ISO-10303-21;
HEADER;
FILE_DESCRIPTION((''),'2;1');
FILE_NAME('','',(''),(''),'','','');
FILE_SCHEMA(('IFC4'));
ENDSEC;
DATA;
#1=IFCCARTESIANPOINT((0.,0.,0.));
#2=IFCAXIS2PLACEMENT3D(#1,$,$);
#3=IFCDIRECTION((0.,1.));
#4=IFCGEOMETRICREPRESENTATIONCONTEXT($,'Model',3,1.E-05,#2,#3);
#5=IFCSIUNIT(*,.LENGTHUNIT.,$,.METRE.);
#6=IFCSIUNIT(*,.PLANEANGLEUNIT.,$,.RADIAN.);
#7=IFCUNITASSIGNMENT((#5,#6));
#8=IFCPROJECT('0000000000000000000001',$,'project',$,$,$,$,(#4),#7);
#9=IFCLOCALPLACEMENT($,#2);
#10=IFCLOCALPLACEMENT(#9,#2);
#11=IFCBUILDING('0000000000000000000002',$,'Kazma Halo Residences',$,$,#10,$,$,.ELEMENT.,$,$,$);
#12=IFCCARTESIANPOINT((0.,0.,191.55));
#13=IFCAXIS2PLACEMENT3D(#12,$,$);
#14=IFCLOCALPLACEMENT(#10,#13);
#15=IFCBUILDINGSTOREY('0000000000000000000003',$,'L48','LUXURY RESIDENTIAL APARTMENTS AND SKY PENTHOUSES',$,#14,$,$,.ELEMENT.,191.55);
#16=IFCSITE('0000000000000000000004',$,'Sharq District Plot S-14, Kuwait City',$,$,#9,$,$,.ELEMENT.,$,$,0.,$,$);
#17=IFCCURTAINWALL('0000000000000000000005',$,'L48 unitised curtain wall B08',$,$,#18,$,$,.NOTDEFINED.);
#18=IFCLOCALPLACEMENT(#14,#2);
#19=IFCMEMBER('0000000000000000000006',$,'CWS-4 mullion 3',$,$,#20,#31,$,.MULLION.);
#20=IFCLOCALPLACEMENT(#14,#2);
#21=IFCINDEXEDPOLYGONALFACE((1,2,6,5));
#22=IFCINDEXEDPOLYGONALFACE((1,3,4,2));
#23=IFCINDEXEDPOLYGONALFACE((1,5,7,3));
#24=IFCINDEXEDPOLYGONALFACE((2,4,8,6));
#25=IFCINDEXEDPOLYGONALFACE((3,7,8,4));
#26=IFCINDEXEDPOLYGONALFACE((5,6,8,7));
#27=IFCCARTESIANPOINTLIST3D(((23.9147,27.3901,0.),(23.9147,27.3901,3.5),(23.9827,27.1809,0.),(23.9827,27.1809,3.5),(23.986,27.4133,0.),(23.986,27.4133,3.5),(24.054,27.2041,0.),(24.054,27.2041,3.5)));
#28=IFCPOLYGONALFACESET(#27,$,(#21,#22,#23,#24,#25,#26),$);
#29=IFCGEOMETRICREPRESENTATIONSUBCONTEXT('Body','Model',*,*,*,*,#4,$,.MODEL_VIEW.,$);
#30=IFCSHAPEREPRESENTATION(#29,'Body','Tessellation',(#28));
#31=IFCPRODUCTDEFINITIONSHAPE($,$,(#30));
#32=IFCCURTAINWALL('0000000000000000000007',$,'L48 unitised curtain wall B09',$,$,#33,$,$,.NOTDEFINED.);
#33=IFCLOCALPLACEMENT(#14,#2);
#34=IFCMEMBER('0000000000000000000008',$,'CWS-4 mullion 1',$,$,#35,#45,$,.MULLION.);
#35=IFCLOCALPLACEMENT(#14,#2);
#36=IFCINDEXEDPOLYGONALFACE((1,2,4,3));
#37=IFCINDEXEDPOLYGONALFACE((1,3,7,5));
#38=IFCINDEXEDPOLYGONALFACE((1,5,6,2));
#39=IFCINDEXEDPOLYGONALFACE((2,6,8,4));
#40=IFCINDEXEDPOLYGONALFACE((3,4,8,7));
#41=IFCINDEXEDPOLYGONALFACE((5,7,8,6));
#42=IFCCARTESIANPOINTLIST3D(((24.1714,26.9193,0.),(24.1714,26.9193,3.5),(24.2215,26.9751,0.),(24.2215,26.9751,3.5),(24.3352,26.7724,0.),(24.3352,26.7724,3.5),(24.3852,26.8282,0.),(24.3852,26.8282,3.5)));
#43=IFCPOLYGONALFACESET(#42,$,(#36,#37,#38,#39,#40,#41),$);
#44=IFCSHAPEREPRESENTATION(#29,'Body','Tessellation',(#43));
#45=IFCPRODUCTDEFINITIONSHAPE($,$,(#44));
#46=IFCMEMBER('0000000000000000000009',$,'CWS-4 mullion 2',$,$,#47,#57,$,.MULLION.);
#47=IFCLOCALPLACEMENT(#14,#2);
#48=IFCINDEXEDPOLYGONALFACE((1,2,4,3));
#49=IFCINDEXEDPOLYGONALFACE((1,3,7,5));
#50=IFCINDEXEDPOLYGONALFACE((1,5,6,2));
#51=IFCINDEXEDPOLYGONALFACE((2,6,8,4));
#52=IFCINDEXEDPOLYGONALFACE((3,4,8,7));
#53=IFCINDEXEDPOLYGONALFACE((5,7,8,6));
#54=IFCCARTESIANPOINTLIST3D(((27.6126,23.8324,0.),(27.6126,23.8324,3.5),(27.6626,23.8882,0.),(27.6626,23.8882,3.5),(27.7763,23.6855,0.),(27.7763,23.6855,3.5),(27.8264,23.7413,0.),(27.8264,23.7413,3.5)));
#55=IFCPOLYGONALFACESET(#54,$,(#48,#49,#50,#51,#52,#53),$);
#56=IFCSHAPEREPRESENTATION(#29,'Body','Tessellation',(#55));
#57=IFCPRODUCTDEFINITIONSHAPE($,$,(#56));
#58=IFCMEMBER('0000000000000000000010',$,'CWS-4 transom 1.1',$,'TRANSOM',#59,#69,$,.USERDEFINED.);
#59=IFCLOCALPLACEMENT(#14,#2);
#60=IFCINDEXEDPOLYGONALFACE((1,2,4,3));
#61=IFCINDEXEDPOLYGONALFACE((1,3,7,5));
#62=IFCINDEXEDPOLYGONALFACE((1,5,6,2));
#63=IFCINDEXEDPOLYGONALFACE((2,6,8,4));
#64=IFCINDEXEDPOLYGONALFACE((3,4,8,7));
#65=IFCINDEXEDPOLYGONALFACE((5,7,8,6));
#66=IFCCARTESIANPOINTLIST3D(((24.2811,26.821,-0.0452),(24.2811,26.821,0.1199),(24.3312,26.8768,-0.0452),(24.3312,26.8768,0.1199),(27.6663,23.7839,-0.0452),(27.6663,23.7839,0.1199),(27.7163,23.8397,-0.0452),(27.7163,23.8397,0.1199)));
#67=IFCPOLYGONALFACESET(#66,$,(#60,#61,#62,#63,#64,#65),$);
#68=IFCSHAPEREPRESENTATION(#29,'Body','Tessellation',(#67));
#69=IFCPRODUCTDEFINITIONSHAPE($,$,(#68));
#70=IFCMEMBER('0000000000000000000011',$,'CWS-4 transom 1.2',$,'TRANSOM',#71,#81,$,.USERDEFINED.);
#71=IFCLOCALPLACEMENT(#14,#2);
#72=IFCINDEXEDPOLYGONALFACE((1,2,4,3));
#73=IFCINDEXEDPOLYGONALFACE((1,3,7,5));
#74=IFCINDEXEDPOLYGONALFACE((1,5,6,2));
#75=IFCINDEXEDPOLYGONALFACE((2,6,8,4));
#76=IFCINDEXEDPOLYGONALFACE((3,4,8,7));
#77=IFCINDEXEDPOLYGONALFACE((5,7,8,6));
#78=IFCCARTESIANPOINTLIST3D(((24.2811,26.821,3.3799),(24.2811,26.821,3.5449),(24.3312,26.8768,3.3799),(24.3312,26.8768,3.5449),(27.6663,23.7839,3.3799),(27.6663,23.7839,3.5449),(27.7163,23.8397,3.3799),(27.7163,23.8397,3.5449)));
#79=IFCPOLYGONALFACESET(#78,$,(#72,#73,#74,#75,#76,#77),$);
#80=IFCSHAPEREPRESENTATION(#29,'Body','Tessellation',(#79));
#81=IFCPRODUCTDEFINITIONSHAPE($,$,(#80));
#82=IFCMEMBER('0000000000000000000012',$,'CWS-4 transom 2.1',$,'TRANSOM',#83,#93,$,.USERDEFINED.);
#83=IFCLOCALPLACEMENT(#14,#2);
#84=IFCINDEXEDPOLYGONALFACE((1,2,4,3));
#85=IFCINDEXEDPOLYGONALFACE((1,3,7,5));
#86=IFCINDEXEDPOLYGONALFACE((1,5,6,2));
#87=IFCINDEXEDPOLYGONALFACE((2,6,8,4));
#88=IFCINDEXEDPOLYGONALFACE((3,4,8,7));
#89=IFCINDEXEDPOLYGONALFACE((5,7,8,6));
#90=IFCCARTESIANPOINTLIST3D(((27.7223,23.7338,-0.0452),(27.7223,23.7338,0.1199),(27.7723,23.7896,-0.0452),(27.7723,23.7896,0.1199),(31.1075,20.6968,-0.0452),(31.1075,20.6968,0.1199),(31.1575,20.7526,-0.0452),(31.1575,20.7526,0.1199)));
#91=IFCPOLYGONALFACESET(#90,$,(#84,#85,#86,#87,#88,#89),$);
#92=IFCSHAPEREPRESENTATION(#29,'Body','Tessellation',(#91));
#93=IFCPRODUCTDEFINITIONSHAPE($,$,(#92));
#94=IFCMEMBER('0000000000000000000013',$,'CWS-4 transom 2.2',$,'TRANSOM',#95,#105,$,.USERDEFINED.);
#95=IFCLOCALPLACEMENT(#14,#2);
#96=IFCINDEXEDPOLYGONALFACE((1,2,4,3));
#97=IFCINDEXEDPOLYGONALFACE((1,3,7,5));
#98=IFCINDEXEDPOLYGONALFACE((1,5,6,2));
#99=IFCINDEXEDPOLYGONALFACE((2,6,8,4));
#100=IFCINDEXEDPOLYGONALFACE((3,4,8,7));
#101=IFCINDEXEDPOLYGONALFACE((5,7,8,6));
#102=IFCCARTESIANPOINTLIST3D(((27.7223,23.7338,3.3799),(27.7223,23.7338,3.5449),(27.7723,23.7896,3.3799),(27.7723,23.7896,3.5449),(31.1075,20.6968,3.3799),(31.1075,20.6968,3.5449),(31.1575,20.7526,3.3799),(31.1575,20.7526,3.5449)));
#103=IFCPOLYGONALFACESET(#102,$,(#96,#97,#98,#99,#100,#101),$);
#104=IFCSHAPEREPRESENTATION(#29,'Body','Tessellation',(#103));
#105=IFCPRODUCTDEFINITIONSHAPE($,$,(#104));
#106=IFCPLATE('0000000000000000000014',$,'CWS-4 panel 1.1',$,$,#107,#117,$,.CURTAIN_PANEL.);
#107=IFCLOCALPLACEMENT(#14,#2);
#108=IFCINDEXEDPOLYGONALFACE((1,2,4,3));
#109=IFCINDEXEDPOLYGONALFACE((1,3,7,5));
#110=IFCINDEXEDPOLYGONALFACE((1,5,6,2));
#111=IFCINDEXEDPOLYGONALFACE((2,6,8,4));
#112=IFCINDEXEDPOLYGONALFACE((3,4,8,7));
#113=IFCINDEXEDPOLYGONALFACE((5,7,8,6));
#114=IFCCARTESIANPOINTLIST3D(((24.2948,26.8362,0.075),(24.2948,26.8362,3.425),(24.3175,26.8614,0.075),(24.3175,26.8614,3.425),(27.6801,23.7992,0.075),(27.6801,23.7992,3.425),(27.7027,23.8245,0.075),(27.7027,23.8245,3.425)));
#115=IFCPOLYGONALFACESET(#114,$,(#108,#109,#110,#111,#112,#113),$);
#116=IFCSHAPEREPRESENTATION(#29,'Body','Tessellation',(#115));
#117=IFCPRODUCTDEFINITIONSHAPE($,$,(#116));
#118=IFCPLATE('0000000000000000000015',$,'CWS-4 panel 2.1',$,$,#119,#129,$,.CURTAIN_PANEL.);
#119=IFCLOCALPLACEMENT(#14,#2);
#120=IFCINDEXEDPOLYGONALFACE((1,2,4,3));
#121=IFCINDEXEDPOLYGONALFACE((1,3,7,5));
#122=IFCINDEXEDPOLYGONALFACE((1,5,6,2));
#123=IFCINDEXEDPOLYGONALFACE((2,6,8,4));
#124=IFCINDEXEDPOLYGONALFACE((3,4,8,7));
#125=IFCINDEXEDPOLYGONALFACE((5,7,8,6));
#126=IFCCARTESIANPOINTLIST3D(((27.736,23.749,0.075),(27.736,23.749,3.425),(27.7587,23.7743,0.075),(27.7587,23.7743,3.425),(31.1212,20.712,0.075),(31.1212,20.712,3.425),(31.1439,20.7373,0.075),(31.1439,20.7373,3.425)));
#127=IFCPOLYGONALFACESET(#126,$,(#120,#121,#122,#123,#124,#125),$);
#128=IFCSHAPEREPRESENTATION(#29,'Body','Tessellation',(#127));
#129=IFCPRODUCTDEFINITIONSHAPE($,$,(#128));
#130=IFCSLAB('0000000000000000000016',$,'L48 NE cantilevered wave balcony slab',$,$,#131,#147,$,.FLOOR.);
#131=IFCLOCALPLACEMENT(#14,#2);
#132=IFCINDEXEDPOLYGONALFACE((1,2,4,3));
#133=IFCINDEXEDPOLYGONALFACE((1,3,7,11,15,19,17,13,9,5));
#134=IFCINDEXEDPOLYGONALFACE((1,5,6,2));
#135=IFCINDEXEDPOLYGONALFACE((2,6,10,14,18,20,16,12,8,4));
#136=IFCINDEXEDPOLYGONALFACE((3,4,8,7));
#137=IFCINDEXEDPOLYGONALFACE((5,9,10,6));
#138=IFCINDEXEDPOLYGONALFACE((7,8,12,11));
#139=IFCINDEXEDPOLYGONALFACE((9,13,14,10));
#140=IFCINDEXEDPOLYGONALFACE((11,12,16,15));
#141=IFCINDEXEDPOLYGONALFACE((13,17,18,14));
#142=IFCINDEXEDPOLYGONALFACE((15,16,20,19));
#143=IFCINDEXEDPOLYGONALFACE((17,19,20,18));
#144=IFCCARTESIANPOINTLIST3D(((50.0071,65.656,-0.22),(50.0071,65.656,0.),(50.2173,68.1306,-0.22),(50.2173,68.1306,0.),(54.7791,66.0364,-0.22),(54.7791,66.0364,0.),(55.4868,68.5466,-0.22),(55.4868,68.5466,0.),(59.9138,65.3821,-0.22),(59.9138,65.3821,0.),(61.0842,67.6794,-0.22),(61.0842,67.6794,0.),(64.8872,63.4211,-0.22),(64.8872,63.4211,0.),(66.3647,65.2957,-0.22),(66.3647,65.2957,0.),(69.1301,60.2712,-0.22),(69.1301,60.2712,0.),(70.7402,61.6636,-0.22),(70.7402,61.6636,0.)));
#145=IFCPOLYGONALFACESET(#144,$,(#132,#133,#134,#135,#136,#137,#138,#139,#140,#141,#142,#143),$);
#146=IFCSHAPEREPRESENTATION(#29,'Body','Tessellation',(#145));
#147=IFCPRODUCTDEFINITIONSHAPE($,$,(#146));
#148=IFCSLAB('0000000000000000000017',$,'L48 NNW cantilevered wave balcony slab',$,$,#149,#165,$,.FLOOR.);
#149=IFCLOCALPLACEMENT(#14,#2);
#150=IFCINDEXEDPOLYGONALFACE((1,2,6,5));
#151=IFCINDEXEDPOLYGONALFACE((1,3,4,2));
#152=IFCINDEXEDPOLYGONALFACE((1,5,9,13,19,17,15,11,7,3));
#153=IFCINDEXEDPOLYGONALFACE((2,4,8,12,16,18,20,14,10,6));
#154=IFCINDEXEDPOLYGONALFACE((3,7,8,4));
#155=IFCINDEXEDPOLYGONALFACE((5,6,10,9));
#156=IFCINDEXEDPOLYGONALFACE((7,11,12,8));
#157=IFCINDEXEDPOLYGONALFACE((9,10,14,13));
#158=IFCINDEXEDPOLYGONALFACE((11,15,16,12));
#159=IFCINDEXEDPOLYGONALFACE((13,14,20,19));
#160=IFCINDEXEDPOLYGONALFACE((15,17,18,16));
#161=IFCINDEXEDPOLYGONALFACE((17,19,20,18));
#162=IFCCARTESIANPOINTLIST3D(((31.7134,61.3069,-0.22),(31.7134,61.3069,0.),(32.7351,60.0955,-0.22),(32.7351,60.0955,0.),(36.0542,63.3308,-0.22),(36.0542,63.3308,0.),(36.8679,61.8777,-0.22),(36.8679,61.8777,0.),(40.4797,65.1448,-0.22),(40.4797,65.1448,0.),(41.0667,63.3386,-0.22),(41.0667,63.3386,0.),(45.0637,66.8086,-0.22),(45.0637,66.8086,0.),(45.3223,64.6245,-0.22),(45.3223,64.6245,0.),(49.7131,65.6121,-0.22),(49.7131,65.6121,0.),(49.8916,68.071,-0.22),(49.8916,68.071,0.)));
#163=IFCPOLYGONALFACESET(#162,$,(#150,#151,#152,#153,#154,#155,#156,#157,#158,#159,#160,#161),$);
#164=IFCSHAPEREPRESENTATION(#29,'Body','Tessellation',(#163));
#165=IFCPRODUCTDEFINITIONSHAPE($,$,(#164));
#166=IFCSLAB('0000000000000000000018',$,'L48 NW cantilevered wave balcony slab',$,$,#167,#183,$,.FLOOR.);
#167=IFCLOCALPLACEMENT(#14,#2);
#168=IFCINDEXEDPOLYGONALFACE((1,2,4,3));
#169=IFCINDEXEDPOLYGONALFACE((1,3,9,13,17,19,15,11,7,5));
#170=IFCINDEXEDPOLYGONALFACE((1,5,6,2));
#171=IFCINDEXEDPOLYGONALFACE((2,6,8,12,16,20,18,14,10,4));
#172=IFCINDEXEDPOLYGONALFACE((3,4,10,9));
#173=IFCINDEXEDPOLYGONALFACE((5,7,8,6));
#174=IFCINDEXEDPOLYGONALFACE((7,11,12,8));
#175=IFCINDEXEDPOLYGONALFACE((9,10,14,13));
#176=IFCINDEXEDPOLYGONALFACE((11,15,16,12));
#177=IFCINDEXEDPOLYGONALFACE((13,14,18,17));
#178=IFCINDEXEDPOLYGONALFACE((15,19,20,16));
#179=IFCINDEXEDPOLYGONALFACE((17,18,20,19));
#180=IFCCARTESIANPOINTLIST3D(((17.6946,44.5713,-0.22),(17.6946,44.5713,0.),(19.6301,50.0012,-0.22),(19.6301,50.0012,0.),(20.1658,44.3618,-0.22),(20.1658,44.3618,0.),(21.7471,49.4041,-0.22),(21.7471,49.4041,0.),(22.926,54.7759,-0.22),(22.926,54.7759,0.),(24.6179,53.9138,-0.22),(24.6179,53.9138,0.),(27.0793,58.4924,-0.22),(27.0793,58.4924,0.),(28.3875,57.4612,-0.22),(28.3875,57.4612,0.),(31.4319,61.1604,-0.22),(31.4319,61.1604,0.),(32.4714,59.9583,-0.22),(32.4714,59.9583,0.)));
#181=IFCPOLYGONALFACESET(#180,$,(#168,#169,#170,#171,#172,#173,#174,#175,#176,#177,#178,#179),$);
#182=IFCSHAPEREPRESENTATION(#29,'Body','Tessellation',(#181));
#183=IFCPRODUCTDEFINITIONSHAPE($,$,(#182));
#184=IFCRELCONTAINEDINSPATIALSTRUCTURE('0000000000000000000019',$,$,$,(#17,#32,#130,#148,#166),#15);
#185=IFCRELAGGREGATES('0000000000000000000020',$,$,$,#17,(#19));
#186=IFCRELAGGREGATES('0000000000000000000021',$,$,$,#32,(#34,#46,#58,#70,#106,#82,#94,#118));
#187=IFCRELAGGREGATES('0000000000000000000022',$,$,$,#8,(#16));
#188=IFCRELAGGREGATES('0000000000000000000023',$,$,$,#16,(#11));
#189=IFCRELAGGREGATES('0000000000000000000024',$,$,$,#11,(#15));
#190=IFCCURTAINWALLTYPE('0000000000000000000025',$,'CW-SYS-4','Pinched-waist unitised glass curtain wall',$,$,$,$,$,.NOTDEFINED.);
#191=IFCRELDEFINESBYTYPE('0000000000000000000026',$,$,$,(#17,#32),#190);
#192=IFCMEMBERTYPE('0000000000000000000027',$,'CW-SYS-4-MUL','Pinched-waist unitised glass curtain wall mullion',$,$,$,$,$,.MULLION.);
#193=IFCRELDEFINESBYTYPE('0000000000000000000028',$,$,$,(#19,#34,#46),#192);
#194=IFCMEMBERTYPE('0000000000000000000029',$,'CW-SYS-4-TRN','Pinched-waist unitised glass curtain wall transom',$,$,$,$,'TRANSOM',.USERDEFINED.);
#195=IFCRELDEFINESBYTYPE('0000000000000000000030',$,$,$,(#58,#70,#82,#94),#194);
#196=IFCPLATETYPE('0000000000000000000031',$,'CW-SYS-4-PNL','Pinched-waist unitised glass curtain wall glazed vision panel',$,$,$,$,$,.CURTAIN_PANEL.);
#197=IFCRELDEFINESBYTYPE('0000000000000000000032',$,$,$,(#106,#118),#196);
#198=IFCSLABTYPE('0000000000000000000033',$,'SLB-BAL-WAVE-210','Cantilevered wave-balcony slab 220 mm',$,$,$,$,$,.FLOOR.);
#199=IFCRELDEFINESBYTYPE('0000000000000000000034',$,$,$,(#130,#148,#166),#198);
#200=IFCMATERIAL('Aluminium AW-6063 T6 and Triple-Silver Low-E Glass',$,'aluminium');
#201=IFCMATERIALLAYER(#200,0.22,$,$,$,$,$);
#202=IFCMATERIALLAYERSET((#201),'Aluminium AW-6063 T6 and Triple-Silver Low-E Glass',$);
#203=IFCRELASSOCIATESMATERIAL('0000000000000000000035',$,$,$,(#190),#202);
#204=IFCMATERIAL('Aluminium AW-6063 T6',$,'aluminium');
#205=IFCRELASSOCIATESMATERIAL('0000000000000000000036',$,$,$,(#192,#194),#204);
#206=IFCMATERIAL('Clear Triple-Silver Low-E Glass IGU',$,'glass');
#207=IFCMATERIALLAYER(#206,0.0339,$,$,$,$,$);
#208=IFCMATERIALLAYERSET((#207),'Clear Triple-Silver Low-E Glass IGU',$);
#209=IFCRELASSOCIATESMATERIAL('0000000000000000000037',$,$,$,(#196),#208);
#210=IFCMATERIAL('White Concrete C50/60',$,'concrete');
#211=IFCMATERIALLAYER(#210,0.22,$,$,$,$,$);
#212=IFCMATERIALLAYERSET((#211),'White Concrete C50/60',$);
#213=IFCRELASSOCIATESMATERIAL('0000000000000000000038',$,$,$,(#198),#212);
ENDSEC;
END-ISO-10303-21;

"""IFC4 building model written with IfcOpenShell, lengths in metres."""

from ifc_helpers import new_model, si_unit, direction, frame, origin, origin_2d, place, context, subcontext, project, spatial, polyline, rectangle, outline, extrude, material, layer, layer_set, material_profile, profile_set, type_object, element, aggregate, save


model = new_model("IFC4")

# Units and contexts
model_context = context("Model", 3, precision=1e-05, world=origin(), true_north=direction((0.0, 1.0)))
body_context = subcontext(model_context, "Body", "Model", "MODEL_VIEW")
ifc_project = project(units=[si_unit("LENGTHUNIT", "METRE"), si_unit("PLANEANGLEUNIT", "RADIAN")], contexts=[model_context])

# Site, building, storey
site_placement = place(None, origin())
site = spatial("IfcSite", under=ifc_project, at=site_placement, Name="Sharq District Plot S-14, Kuwait City", CompositionType="ELEMENT", RefElevation=0.0)
building_placement = place(site_placement, origin())
building = spatial("IfcBuilding", under=site, at=building_placement, Name="Kazma Halo Residences", CompositionType="ELEMENT")
storey_placement = place(building_placement, frame((0.0, 0.0, 191.55)))
storey = spatial("IfcBuildingStorey", under=building, at=storey_placement, Name="L48", Description="LUXURY RESIDENTIAL APARTMENTS AND SKY PENTHOUSES", CompositionType="ELEMENT", Elevation=191.55)

# Curtain wall, member
ifc_material_1 = material(Name="Aluminium AW-6063 T6 and Triple-Silver Low-E Glass", Category="aluminium")
ifc_layer_1 = layer(ifc_material_1, 0.22)
ifc_layer_set_1 = layer_set([ifc_layer_1], Name="Aluminium AW-6063 T6 and Triple-Silver Low-E Glass")
curtain_wall_type = type_object("IfcCurtainWallType", Name="CW-SYS-4", Description="Pinched-waist unitised glass curtain wall", PredefinedType="NOTDEFINED", material=ifc_layer_set_1)
curtain_wall_1_placement = place(storey_placement, origin())
curtain_wall_1 = element("IfcCurtainWall", 1, at=curtain_wall_1_placement, inside=storey, type_object=curtain_wall_type, Name="L48 unitised curtain wall B08", PredefinedType="NOTDEFINED")
ifc_material_2 = material(Name="Aluminium AW-6063 T6", Category="aluminium")
ifc_material_profile_1 = material_profile(ifc_material_2, rectangle(XDim=0.075, YDim=0.22, at=origin_2d()), Name="CWM-75x220")
ifc_profile_set_1 = profile_set([ifc_material_profile_1], Name="Aluminium AW-6063 T6")
member_type_1 = type_object("IfcMemberType", Name="CW-SYS-4-MUL", Description="Pinched-waist unitised glass curtain wall mullion", PredefinedType="MULLION", material=ifc_profile_set_1)
member_1_placement = place(storey_placement, frame((23.9844, 27.2971, 0.0), z_axis=(0.0, 0.0, 1.0), x_axis=(0.951057, 0.309016, 0.0)))
member_1 = element("IfcMember", 2, at=member_1_placement, type_object=member_type_1, Name="CWS-4 mullion 3", PredefinedType="MULLION", context=body_context, shape_type="SweptSolid", body=[
    extrude(rectangle(XDim=0.075, YDim=0.22, at=origin_2d()), origin(), (0.0, 0.0, 1.0), 3.5),
])
aggregate(curtain_wall_1, [member_1])

# Curtain wall, members, plates
curtain_wall_2_placement = place(storey_placement, origin())
curtain_wall_2 = element("IfcCurtainWall", 3, at=curtain_wall_2_placement, inside=storey, type_object=curtain_wall_type, Name="L48 unitised curtain wall B09", PredefinedType="NOTDEFINED")
member_2_placement = place(storey_placement, frame((24.2783, 26.8738, 0.0), z_axis=(0.0, 0.0, 1.0), x_axis=(0.667784, 0.744355, 0.0)))
member_2 = element("IfcMember", 4, at=member_2_placement, type_object=member_type_1, Name="CWS-4 mullion 1", PredefinedType="MULLION", context=body_context, shape_type="SweptSolid", body=[
    extrude(rectangle(XDim=0.075, YDim=0.22, at=origin_2d()), origin(), (0.0, 0.0, 1.0), 3.5),
])
member_3_placement = place(storey_placement, frame((27.7195, 23.7869, 0.0), z_axis=(0.0, 0.0, 1.0), x_axis=(0.667784, 0.744355, 0.0)))
member_3 = element("IfcMember", 5, at=member_3_placement, type_object=member_type_1, Name="CWS-4 mullion 2", PredefinedType="MULLION", context=body_context, shape_type="SweptSolid", body=[
    extrude(rectangle(XDim=0.075, YDim=0.22, at=origin_2d()), origin(), (0.0, 0.0, 1.0), 3.5),
])
ifc_material_profile_2 = material_profile(ifc_material_2, rectangle(XDim=0.075, YDim=0.165, at=origin_2d()), Name="CWT-75x165")
ifc_profile_set_2 = profile_set([ifc_material_profile_2], Name="Aluminium AW-6063 T6")
member_type_2 = type_object("IfcMemberType", Name="CW-SYS-4-TRN", Description="Pinched-waist unitised glass curtain wall transom", ElementType="TRANSOM", PredefinedType="USERDEFINED", material=ifc_profile_set_2)
member_4_placement = place(storey_placement, frame((24.3062, 26.8489, 0.0374), z_axis=(0.744345, -0.667795, 0.0), x_axis=(0.667795, 0.744345, 0.0)))
member_4 = element("IfcMember", 6, at=member_4_placement, type_object=member_type_2, Name="CWS-4 transom 1.1", ObjectType="TRANSOM", PredefinedType="USERDEFINED", context=body_context, shape_type="SweptSolid", body=[
    extrude(rectangle(XDim=0.075, YDim=0.165, at=origin_2d()), origin(), (0.0, 0.0, 1.0), 4.5479),
])
member_5_placement = place(storey_placement, frame((24.3062, 26.8489, 3.4624), z_axis=(0.744345, -0.667795, 0.0), x_axis=(0.667795, 0.744345, 0.0)))
member_5 = element("IfcMember", 7, at=member_5_placement, type_object=member_type_2, Name="CWS-4 transom 1.2", ObjectType="TRANSOM", PredefinedType="USERDEFINED", context=body_context, shape_type="SweptSolid", body=[
    extrude(rectangle(XDim=0.075, YDim=0.165, at=origin_2d()), origin(), (0.0, 0.0, 1.0), 4.5479),
])
member_6_placement = place(storey_placement, frame((27.7473, 23.7617, 0.0374), z_axis=(0.744345, -0.667795, 0.0), x_axis=(0.667795, 0.744345, 0.0)))
member_6 = element("IfcMember", 8, at=member_6_placement, type_object=member_type_2, Name="CWS-4 transom 2.1", ObjectType="TRANSOM", PredefinedType="USERDEFINED", context=body_context, shape_type="SweptSolid", body=[
    extrude(rectangle(XDim=0.075, YDim=0.165, at=origin_2d()), origin(), (0.0, 0.0, 1.0), 4.5479),
])
member_7_placement = place(storey_placement, frame((27.7473, 23.7617, 3.4624), z_axis=(0.744345, -0.667795, 0.0), x_axis=(0.667795, 0.744345, 0.0)))
member_7 = element("IfcMember", 9, at=member_7_placement, type_object=member_type_2, Name="CWS-4 transom 2.2", ObjectType="TRANSOM", PredefinedType="USERDEFINED", context=body_context, shape_type="SweptSolid", body=[
    extrude(rectangle(XDim=0.075, YDim=0.165, at=origin_2d()), origin(), (0.0, 0.0, 1.0), 4.5479),
])
ifc_material_3 = material(Name="Clear Triple-Silver Low-E Glass IGU", Category="glass")
ifc_layer_2 = layer(ifc_material_3, 0.0339)
ifc_layer_set_2 = layer_set([ifc_layer_2], Name="Clear Triple-Silver Low-E Glass IGU")
plate_type = type_object("IfcPlateType", Name="CW-SYS-4-PNL", Description="Pinched-waist unitised glass curtain wall glazed vision panel", PredefinedType="CURTAIN_PANEL", material=ifc_layer_set_2)
plate_1_placement = place(storey_placement, frame((25.9988, 25.3303, 0.075), z_axis=(0.0, 0.0, 1.0), x_axis=(0.744355, -0.667784, 0.0)))
plate_1 = element("IfcPlate", 10, at=plate_1_placement, type_object=plate_type, Name="CWS-4 panel 1.1", PredefinedType="CURTAIN_PANEL", context=body_context, shape_type="SweptSolid", body=[
    extrude(rectangle(XDim=4.5479, YDim=0.0339, at=origin_2d()), origin(), (0.0, 0.0, 1.0), 3.3501),
])
plate_2_placement = place(storey_placement, frame((29.4399, 22.2432, 0.075), z_axis=(0.0, 0.0, 1.0), x_axis=(0.744355, -0.667784, 0.0)))
plate_2 = element("IfcPlate", 11, at=plate_2_placement, type_object=plate_type, Name="CWS-4 panel 2.1", PredefinedType="CURTAIN_PANEL", context=body_context, shape_type="SweptSolid", body=[
    extrude(rectangle(XDim=4.5479, YDim=0.0339, at=origin_2d()), origin(), (0.0, 0.0, 1.0), 3.3501),
])
aggregate(curtain_wall_2, [member_2, member_3, member_4, member_5, plate_1, member_6, member_7, plate_2])

# Slabs
ifc_material_4 = material(Name="White Concrete C50/60", Category="concrete")
ifc_layer_3 = layer(ifc_material_4, 0.22)
ifc_layer_set_3 = layer_set([ifc_layer_3], Name="White Concrete C50/60")
slab_type_1 = type_object("IfcSlabType", Name="SLB-BAL-WAVE-210", Description="Cantilevered wave-balcony slab 220 mm", PredefinedType="FLOOR", material=ifc_layer_set_3)
slab_1_placement = place(storey_placement, frame((0.0, 0.0, -0.22)))
element("IfcSlab", 12, at=slab_1_placement, inside=storey, type_object=slab_type_1, Name="L48 NE cantilevered wave balcony slab", PredefinedType="FLOOR", context=body_context, shape_type="SweptSolid", body=[
    extrude(outline(polyline([(69.1301, 60.2712), (64.8872, 63.4211), (59.9138, 65.3821), (54.7791, 66.0364), (50.0071, 65.656), (50.2173, 68.1306), (55.4868, 68.5466), (61.0842, 67.6794), (66.3647, 65.2957), (70.7402, 61.6636), (69.1301, 60.2712)])), origin(), (0.0, 0.0, 1.0), 0.22),
])
slab_2_placement = place(storey_placement, frame((0.0, 0.0, -0.22)))
element("IfcSlab", 13, at=slab_2_placement, inside=storey, type_object=slab_type_1, Name="L48 NNW cantilevered wave balcony slab", PredefinedType="FLOOR", context=body_context, shape_type="SweptSolid", body=[
    extrude(outline(polyline([(49.7131, 65.6121), (45.3223, 64.6245), (41.0667, 63.3386), (36.8679, 61.8777), (32.7351, 60.0955), (31.7134, 61.3069), (36.0542, 63.3308), (40.4797, 65.1448), (45.0637, 66.8086), (49.8916, 68.071), (49.7131, 65.6121)])), origin(), (0.0, 0.0, 1.0), 0.22),
])
slab_3_placement = place(storey_placement, frame((0.0, 0.0, -0.22)))
element("IfcSlab", 14, at=slab_3_placement, inside=storey, type_object=slab_type_1, Name="L48 NW cantilevered wave balcony slab", PredefinedType="FLOOR", context=body_context, shape_type="SweptSolid", body=[
    extrude(outline(polyline([(32.4714, 59.9583), (28.3875, 57.4612), (24.6179, 53.9138), (21.7471, 49.4041), (20.1658, 44.3618), (17.6946, 44.5713), (19.6301, 50.0012), (22.926, 54.7759), (27.0793, 58.4924), (31.4319, 61.1604), (32.4714, 59.9583)])), origin(), (0.0, 0.0, 1.0), 0.22),
])

save(model, "model.ifc")
